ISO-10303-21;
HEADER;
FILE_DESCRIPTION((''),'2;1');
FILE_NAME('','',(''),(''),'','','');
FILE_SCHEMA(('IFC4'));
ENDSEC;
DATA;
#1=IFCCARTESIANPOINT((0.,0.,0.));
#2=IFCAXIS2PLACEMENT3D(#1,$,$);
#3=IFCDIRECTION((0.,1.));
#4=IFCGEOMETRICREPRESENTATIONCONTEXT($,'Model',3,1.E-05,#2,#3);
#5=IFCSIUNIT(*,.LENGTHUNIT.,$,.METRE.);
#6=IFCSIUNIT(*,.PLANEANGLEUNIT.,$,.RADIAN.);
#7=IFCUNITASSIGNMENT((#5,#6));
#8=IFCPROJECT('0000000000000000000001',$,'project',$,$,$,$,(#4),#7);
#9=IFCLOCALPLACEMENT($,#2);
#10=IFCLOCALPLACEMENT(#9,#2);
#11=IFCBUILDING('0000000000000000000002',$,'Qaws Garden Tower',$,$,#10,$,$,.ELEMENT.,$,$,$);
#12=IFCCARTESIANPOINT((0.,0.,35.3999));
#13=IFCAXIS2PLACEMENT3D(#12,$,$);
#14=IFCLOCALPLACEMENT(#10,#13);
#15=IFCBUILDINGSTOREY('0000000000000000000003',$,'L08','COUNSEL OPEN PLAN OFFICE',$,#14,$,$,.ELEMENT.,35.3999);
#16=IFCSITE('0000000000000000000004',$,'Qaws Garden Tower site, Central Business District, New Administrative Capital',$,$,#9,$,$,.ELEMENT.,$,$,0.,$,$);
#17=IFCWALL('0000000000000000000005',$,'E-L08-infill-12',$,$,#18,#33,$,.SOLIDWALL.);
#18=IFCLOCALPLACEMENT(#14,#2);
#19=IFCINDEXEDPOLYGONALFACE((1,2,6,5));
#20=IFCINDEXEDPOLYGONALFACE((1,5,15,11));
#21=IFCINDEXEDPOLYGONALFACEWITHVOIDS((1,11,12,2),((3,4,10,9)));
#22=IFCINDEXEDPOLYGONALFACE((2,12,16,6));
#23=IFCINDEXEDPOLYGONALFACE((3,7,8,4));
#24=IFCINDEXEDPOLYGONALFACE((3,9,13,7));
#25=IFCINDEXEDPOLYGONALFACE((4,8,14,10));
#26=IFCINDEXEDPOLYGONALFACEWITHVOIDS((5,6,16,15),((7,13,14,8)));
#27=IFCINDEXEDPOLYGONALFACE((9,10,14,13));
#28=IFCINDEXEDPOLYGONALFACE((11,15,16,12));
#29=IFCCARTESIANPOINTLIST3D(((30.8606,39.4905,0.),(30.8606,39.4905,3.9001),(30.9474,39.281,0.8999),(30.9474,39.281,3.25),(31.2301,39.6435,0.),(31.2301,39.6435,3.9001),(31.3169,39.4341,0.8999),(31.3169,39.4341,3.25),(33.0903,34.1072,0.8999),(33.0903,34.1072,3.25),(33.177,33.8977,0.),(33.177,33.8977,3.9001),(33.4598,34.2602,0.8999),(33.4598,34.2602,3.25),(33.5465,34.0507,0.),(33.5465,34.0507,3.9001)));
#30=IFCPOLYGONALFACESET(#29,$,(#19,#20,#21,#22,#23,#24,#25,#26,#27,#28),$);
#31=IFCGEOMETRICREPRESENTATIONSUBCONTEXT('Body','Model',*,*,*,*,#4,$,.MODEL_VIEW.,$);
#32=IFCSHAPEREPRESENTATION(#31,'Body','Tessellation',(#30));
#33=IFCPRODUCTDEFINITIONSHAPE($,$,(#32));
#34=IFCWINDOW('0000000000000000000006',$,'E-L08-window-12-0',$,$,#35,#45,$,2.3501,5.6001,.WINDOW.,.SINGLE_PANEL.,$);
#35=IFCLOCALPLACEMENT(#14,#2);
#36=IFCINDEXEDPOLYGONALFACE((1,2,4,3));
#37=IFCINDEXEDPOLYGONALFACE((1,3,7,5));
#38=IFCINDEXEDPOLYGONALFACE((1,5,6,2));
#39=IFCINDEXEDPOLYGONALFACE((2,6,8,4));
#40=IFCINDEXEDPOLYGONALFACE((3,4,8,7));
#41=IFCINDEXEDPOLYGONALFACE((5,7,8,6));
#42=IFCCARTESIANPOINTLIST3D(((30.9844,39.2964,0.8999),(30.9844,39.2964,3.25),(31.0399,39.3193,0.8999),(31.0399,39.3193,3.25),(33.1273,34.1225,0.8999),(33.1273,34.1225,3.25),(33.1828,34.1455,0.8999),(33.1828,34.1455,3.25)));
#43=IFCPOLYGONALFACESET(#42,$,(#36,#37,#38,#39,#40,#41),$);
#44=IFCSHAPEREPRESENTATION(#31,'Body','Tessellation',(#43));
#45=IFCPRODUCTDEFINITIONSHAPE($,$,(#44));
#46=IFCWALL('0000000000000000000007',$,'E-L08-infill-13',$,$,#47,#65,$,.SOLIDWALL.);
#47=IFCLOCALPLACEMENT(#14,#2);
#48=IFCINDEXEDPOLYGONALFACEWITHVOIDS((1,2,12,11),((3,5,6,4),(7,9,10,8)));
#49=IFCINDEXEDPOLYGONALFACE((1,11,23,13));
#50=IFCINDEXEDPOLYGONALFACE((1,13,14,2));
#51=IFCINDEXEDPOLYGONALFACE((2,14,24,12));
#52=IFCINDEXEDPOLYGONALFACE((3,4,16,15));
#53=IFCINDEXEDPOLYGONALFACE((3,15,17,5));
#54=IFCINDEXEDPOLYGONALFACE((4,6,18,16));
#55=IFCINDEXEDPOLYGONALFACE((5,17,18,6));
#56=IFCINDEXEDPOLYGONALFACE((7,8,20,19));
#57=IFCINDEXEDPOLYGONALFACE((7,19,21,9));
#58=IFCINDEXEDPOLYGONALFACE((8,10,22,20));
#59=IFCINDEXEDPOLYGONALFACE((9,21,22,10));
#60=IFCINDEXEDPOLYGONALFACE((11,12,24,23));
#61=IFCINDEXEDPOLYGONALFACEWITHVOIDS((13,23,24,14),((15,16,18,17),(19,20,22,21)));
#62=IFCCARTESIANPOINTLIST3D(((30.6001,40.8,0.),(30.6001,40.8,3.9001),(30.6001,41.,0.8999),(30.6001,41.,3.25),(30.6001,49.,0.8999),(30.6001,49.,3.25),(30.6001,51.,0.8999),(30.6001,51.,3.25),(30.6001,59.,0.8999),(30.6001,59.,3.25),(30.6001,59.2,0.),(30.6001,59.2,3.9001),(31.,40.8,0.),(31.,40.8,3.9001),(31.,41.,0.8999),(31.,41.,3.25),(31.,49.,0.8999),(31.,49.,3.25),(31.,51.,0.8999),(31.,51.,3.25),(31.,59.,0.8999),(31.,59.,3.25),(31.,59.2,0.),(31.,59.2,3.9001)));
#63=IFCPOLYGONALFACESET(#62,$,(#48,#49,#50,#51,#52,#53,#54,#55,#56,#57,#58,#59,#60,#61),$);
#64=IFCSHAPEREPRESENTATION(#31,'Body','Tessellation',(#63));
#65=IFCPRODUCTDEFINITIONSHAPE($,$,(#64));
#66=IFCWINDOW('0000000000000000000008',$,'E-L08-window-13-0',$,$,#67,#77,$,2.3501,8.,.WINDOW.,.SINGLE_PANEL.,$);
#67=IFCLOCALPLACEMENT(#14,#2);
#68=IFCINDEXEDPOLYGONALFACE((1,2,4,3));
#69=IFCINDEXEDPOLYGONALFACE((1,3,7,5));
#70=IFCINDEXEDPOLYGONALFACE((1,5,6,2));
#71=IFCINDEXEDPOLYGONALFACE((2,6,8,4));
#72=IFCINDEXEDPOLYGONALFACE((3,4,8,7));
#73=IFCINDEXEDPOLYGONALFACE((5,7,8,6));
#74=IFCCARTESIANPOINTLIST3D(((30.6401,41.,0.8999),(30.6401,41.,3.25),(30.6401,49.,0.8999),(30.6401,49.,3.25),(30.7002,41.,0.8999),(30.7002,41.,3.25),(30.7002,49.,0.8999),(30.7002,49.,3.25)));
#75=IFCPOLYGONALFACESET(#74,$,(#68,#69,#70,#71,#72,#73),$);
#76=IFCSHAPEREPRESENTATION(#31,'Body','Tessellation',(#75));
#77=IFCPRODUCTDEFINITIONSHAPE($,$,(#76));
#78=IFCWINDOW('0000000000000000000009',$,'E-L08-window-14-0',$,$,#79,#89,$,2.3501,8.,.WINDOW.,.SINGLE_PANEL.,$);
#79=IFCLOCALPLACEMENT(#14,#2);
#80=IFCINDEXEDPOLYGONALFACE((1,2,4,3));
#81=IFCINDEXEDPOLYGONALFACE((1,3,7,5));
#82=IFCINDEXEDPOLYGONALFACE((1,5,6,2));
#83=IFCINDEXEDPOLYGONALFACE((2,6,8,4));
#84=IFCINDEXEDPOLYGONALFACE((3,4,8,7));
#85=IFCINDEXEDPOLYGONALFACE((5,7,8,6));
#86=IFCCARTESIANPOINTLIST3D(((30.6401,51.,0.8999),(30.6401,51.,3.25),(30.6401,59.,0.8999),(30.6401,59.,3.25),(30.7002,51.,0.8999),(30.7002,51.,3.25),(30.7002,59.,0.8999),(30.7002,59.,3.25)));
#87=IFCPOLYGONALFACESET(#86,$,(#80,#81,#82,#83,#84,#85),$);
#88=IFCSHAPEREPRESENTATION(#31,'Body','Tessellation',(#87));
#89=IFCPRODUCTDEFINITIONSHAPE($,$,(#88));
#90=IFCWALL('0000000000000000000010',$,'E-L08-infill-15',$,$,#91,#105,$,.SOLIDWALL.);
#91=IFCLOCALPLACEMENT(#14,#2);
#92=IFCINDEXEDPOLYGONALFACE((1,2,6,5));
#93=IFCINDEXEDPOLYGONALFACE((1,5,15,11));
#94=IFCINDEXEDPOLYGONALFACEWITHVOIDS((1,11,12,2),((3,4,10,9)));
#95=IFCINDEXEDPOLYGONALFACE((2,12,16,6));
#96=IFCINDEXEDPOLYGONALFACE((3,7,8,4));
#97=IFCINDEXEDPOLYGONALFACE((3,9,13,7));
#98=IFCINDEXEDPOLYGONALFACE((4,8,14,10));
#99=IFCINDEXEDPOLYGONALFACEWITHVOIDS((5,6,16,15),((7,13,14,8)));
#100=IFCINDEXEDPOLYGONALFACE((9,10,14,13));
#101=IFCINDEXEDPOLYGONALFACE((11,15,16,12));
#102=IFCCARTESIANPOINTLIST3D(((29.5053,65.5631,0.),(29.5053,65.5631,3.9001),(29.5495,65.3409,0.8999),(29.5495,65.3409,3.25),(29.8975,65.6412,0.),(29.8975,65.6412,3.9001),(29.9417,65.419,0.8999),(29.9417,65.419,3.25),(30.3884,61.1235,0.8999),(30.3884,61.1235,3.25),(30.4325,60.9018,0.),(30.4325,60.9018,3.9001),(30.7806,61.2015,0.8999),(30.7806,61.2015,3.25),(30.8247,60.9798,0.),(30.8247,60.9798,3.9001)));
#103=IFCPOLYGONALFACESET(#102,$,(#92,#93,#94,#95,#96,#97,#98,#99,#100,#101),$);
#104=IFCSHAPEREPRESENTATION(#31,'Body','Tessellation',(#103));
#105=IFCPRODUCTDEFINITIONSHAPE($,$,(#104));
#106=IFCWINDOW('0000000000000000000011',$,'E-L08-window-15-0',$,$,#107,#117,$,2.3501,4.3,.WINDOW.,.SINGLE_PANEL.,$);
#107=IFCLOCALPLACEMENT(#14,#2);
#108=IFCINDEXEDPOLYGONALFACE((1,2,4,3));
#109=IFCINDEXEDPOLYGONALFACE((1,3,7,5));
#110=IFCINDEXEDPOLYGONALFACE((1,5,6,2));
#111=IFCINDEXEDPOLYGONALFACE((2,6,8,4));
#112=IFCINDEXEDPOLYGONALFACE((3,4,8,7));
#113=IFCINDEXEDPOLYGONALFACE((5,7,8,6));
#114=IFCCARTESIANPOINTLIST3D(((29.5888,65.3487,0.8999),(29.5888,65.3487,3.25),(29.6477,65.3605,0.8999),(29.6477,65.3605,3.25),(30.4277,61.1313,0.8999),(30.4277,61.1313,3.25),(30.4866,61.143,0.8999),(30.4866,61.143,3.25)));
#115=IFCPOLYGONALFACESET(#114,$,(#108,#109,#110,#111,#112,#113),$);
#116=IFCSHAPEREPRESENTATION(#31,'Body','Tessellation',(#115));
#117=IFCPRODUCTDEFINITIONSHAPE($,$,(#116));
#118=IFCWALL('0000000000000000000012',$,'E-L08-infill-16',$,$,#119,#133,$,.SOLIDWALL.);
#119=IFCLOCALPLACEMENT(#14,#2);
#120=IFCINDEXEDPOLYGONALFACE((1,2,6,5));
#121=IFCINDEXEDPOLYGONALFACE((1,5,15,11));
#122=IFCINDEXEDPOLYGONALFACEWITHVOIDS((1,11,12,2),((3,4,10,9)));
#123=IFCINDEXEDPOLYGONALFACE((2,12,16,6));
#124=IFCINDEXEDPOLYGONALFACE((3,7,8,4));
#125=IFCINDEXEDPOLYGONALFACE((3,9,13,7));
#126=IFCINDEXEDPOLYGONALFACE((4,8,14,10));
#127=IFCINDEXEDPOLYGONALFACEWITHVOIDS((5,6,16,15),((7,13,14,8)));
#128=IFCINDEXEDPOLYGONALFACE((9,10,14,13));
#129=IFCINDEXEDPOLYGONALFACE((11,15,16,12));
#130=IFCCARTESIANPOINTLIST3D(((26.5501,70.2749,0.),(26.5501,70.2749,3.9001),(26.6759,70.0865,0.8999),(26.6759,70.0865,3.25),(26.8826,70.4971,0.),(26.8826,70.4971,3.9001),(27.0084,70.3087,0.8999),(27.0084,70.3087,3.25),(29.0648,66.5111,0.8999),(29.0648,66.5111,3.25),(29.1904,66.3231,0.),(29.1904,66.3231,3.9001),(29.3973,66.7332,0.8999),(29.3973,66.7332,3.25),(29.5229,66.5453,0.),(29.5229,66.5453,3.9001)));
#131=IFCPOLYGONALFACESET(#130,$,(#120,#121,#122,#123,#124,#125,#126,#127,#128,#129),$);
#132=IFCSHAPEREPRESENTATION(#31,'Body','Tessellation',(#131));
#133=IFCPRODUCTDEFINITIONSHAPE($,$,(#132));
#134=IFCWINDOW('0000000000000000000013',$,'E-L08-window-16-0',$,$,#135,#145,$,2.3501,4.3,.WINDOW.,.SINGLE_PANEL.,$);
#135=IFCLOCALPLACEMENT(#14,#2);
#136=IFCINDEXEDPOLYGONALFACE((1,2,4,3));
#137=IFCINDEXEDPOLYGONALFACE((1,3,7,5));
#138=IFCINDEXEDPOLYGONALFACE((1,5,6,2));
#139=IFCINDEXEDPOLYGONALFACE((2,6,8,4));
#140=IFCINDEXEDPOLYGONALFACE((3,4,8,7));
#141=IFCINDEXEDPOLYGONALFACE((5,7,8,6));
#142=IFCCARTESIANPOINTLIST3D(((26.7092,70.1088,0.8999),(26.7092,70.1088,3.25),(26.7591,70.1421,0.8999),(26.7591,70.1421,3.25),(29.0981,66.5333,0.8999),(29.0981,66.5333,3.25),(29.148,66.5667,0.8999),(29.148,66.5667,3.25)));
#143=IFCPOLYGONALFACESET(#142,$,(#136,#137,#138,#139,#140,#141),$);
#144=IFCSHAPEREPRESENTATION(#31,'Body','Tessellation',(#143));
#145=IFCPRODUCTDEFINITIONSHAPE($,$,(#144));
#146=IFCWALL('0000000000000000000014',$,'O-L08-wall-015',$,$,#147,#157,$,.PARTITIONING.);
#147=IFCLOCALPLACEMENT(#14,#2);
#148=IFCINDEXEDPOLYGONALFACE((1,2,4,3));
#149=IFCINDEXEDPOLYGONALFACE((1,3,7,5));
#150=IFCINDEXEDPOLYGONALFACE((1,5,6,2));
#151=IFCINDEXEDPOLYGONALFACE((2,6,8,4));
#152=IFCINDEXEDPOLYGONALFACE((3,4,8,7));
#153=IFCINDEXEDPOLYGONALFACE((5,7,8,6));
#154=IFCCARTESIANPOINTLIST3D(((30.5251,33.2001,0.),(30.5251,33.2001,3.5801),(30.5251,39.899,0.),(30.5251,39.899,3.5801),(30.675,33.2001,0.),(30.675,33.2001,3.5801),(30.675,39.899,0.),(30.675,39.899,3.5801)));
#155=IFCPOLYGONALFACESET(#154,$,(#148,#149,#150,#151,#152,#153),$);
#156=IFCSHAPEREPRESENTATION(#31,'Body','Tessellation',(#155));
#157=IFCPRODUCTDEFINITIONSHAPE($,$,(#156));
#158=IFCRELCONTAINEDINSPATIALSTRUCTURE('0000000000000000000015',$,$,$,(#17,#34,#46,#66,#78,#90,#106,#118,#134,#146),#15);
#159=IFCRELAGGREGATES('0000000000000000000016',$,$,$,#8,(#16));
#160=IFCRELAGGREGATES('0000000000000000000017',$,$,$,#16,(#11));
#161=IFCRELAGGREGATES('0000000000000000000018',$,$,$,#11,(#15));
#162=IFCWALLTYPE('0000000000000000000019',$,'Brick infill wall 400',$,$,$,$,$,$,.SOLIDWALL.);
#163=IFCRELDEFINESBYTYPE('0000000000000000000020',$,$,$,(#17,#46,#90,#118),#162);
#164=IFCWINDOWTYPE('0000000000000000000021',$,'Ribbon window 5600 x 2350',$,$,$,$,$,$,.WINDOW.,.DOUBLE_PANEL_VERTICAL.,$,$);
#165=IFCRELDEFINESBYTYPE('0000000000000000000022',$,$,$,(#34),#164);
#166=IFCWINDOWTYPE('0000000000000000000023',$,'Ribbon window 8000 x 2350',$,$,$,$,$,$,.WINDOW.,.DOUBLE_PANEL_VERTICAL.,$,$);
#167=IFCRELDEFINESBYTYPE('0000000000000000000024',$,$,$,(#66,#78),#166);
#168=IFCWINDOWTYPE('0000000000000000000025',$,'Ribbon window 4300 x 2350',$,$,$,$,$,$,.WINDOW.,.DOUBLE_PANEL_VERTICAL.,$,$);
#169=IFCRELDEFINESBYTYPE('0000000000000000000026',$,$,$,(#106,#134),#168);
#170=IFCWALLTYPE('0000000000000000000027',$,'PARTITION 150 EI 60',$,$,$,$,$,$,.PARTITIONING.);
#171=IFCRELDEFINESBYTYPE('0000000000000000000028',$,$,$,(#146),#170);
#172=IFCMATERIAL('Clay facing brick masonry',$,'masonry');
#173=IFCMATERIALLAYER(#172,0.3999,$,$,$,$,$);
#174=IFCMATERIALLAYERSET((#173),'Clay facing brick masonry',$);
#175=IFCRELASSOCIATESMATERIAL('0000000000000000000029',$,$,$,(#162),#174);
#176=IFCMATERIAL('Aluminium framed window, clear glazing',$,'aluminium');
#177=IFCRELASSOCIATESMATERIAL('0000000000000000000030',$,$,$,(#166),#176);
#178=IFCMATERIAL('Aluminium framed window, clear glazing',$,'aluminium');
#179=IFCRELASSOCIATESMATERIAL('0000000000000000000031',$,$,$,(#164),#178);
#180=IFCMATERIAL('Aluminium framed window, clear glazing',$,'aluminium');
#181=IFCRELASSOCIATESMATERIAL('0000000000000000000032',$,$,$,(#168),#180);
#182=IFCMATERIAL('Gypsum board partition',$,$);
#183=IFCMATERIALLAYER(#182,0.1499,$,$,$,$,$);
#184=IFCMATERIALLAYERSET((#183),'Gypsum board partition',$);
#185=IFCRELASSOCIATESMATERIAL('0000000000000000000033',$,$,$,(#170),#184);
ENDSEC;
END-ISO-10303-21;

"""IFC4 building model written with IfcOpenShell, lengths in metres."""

from ifc_helpers import new_model, si_unit, direction, frame, frame_2d, origin, place, context, subcontext, project, spatial, rectangle, extrude, material, layer, layer_set, type_object, element, fill, save


model = new_model("IFC4")

# Units and contexts
model_context = context("Model", 3, precision=1e-05, world=origin(), true_north=direction((0.0, 1.0)))
body_context = subcontext(model_context, "Body", "Model", "MODEL_VIEW")
ifc_project = project(units=[si_unit("LENGTHUNIT", "METRE"), si_unit("PLANEANGLEUNIT", "RADIAN")], contexts=[model_context])

# Site, building, storey
site_placement = place(None, origin())
site = spatial("IfcSite", under=ifc_project, at=site_placement, Name="Qaws Garden Tower site, Central Business District, New Administrative Capital", CompositionType="ELEMENT", RefElevation=0.0)
building_placement = place(site_placement, origin())
building = spatial("IfcBuilding", under=site, at=building_placement, Name="Qaws Garden Tower", CompositionType="ELEMENT")
storey_placement = place(building_placement, frame((0.0, 0.0, 35.3999)))
storey = spatial("IfcBuildingStorey", under=building, at=storey_placement, Name="L08", Description="COUNSEL OPEN PLAN OFFICE", CompositionType="ELEMENT", Elevation=35.3999)

# Shared definitions
ifc_material_1 = material(Name="Clay facing brick masonry", Category="masonry")
ifc_layer_1 = layer(ifc_material_1, 0.3999)
ifc_layer_set_1 = layer_set([ifc_layer_1], Name="Clay facing brick masonry")
wall_type_1 = type_object("IfcWallType", Name="Brick infill wall 400", PredefinedType="SOLIDWALL", material=ifc_layer_set_1)
ifc_material_2 = material(Name="Aluminium framed window, clear glazing", Category="aluminium")
window_type_1 = type_object("IfcWindowType", Name="Ribbon window 8000 x 2350", PartitioningType="DOUBLE_PANEL_VERTICAL", PredefinedType="WINDOW", material=ifc_material_2)

# Wall, opening, window
ifc_material_3 = material(Name="Aluminium framed window, clear glazing", Category="aluminium")
window_type_2 = type_object("IfcWindowType", Name="Ribbon window 5600 x 2350", PartitioningType="DOUBLE_PANEL_VERTICAL", PredefinedType="WINDOW", material=ifc_material_3)
wall_1_placement = place(storey_placement, frame((33.3618, 33.9741, 0.0), z_axis=(0.0, 0.0, 1.0), x_axis=(-0.382656, 0.923891, 0.0)))
wall_1 = element("IfcWall", 1, at=wall_1_placement, inside=storey, type_object=wall_type_1, Name="E-L08-infill-12", PredefinedType="SOLIDWALL", context=body_context, shape_type="SweptSolid", body=[
    extrude(rectangle(XDim=6.0535, YDim=0.3999, at=frame_2d((3.0269, 0.0))), origin(), (0.0, 0.0, 1.0), 3.9001),
])
opening_1_placement = place(wall_1_placement, frame((0.2268, 0.0, 0.8999)))
opening_1 = element("IfcOpeningElement", 2, at=opening_1_placement, cuts=wall_1, PredefinedType="OPENING", context=body_context, shape_type="SweptSolid", body=[
    extrude(rectangle(XDim=5.6001, YDim=2.3501, at=frame_2d((2.8, 1.175))), frame((0.0, 0.21, 0.0), z_axis=(0.0, -1.0, 0.0), x_axis=(1.0, 0.0, 0.0)), (0.0, 0.0, 1.0), 0.4199),
])
window_1_placement = place(opening_1_placement, origin())
window_1 = element("IfcWindow", 3, at=window_1_placement, inside=storey, type_object=window_type_2, Name="E-L08-window-12-0", OverallHeight=2.3501, OverallWidth=5.6001, PartitioningType="SINGLE_PANEL", PredefinedType="WINDOW", context=body_context, shape_type="SweptSolid", body=[
    extrude(rectangle(XDim=5.6001, YDim=2.3501, at=frame_2d((2.8, 1.175))), frame((0.0, 0.1599, 0.0), z_axis=(0.0, -1.0, 0.0), x_axis=(1.0, 0.0, 0.0)), (0.0, 0.0, 1.0), 0.0601),
])
fill(opening_1, window_1)

# Wall, openings, windows
wall_2_placement = place(storey_placement, frame((30.8, 40.8, 0.0), z_axis=(0.0, 0.0, 1.0), x_axis=(0.0, 1.0, 0.0)))
wall_2 = element("IfcWall", 4, at=wall_2_placement, inside=storey, type_object=wall_type_1, Name="E-L08-infill-13", PredefinedType="SOLIDWALL", context=body_context, shape_type="SweptSolid", body=[
    extrude(rectangle(XDim=18.3999, YDim=0.3999, at=frame_2d((9.2, 0.0))), origin(), (0.0, 0.0, 1.0), 3.9001),
])
opening_2_placement = place(wall_2_placement, frame((0.2, 0.0, 0.8999)))
opening_2 = element("IfcOpeningElement", 5, at=opening_2_placement, cuts=wall_2, PredefinedType="OPENING", context=body_context, shape_type="SweptSolid", body=[
    extrude(rectangle(XDim=8.0, YDim=2.3501, at=frame_2d((4.0, 1.175))), frame((0.0, 0.21, 0.0), z_axis=(0.0, -1.0, 0.0), x_axis=(1.0, 0.0, 0.0)), (0.0, 0.0, 1.0), 0.4199),
])
opening_3_placement = place(wall_2_placement, frame((10.2, 0.0, 0.8999)))
opening_3 = element("IfcOpeningElement", 6, at=opening_3_placement, cuts=wall_2, PredefinedType="OPENING", context=body_context, shape_type="SweptSolid", body=[
    extrude(rectangle(XDim=8.0, YDim=2.3501, at=frame_2d((4.0, 1.175))), frame((0.0, 0.21, 0.0), z_axis=(0.0, -1.0, 0.0), x_axis=(1.0, 0.0, 0.0)), (0.0, 0.0, 1.0), 0.4199),
])
window_2_placement = place(opening_2_placement, origin())
window_2 = element("IfcWindow", 7, at=window_2_placement, inside=storey, type_object=window_type_1, Name="E-L08-window-13-0", OverallHeight=2.3501, OverallWidth=8.0, PartitioningType="SINGLE_PANEL", PredefinedType="WINDOW", context=body_context, shape_type="SweptSolid", body=[
    extrude(rectangle(XDim=8.0, YDim=2.3501, at=frame_2d((4.0, 1.175))), frame((0.0, 0.1599, 0.0), z_axis=(0.0, -1.0, 0.0), x_axis=(1.0, 0.0, 0.0)), (0.0, 0.0, 1.0), 0.0601),
])
fill(opening_2, window_2)
window_3_placement = place(opening_3_placement, origin())
window_3 = element("IfcWindow", 8, at=window_3_placement, inside=storey, type_object=window_type_1, Name="E-L08-window-14-0", OverallHeight=2.3501, OverallWidth=8.0, PartitioningType="SINGLE_PANEL", PredefinedType="WINDOW", context=body_context, shape_type="SweptSolid", body=[
    extrude(rectangle(XDim=8.0, YDim=2.3501, at=frame_2d((4.0, 1.175))), frame((0.0, 0.1599, 0.0), z_axis=(0.0, -1.0, 0.0), x_axis=(1.0, 0.0, 0.0)), (0.0, 0.0, 1.0), 0.0601),
])
fill(opening_3, window_3)

# Walls, openings, windows
wall_3_placement = place(storey_placement, frame((30.6287, 60.9407, 0.0), z_axis=(0.0, 0.0, 1.0), x_axis=(-0.195099, 0.980784, 0.0)))
wall_3 = element("IfcWall", 9, at=wall_3_placement, inside=storey, type_object=wall_type_1, Name="E-L08-infill-15", PredefinedType="SOLIDWALL", context=body_context, shape_type="SweptSolid", body=[
    extrude(rectangle(XDim=4.7527, YDim=0.3999, at=frame_2d((2.3765, 0.0))), origin(), (0.0, 0.0, 1.0), 3.9001),
])
opening_4_placement = place(wall_3_placement, frame((0.2263, 0.0, 0.8999)))
opening_4 = element("IfcOpeningElement", 10, at=opening_4_placement, cuts=wall_3, PredefinedType="OPENING", context=body_context, shape_type="SweptSolid", body=[
    extrude(rectangle(XDim=4.3, YDim=2.3501, at=frame_2d((2.1499, 1.175))), frame((0.0, 0.21, 0.0), z_axis=(0.0, -1.0, 0.0), x_axis=(1.0, 0.0, 0.0)), (0.0, 0.0, 1.0), 0.4199),
])
ifc_material_4 = material(Name="Aluminium framed window, clear glazing", Category="aluminium")
window_type_3 = type_object("IfcWindowType", Name="Ribbon window 4300 x 2350", PartitioningType="DOUBLE_PANEL_VERTICAL", PredefinedType="WINDOW", material=ifc_material_4)
window_4_placement = place(opening_4_placement, origin())
window_4 = element("IfcWindow", 11, at=window_4_placement, inside=storey, type_object=window_type_3, Name="E-L08-window-15-0", OverallHeight=2.3501, OverallWidth=4.3, PartitioningType="SINGLE_PANEL", PredefinedType="WINDOW", context=body_context, shape_type="SweptSolid", body=[
    extrude(rectangle(XDim=4.3, YDim=2.3501, at=frame_2d((2.1499, 1.175))), frame((0.0, 0.1599, 0.0), z_axis=(0.0, -1.0, 0.0), x_axis=(1.0, 0.0, 0.0)), (0.0, 0.0, 1.0), 0.0601),
])
fill(opening_4, window_4)
wall_4_placement = place(storey_placement, frame((29.3567, 66.4341, 0.0), z_axis=(0.0, 0.0, 1.0), x_axis=(-0.555542, 0.831489, 0.0)))
wall_4 = element("IfcWall", 12, at=wall_4_placement, inside=storey, type_object=wall_type_1, Name="E-L08-infill-16", PredefinedType="SOLIDWALL", context=body_context, shape_type="SweptSolid", body=[
    extrude(rectangle(XDim=4.7527, YDim=0.3999, at=frame_2d((2.3765, 0.0))), origin(), (0.0, 0.0, 1.0), 3.9001),
])
opening_5_placement = place(wall_4_placement, frame((0.2263, 0.0, 0.8999)))
opening_5 = element("IfcOpeningElement", 13, at=opening_5_placement, cuts=wall_4, PredefinedType="OPENING", context=body_context, shape_type="SweptSolid", body=[
    extrude(rectangle(XDim=4.3, YDim=2.3501, at=frame_2d((2.1499, 1.175))), frame((0.0, 0.21, 0.0), z_axis=(0.0, -1.0, 0.0), x_axis=(1.0, 0.0, 0.0)), (0.0, 0.0, 1.0), 0.4199),
])
window_5_placement = place(opening_5_placement, origin())
window_5 = element("IfcWindow", 14, at=window_5_placement, inside=storey, type_object=window_type_3, Name="E-L08-window-16-0", OverallHeight=2.3501, OverallWidth=4.3, PartitioningType="SINGLE_PANEL", PredefinedType="WINDOW", context=body_context, shape_type="SweptSolid", body=[
    extrude(rectangle(XDim=4.3, YDim=2.3501, at=frame_2d((2.1499, 1.175))), frame((0.0, 0.1599, 0.0), z_axis=(0.0, -1.0, 0.0), x_axis=(1.0, 0.0, 0.0)), (0.0, 0.0, 1.0), 0.0601),
])
fill(opening_5, window_5)

# Wall
ifc_material_5 = material(Name="Gypsum board partition")
ifc_layer_2 = layer(ifc_material_5, 0.1499)
ifc_layer_set_2 = layer_set([ifc_layer_2], Name="Gypsum board partition")
wall_type_2 = type_object("IfcWallType", Name="PARTITION 150 EI 60", PredefinedType="PARTITIONING", material=ifc_layer_set_2)
wall_5_placement = place(storey_placement, frame((30.6001, 33.2, 0.0), z_axis=(0.0, 0.0, 1.0), x_axis=(0.0, 1.0, 0.0)))
element("IfcWall", 15, at=wall_5_placement, inside=storey, type_object=wall_type_2, Name="O-L08-wall-015", PredefinedType="PARTITIONING", context=body_context, shape_type="SweptSolid", body=[
    extrude(rectangle(XDim=6.699, YDim=0.1499, at=frame_2d((3.3496, 0.0))), origin(), (0.0, 0.0, 1.0), 3.5801),
])

save(model, "model.ifc")
